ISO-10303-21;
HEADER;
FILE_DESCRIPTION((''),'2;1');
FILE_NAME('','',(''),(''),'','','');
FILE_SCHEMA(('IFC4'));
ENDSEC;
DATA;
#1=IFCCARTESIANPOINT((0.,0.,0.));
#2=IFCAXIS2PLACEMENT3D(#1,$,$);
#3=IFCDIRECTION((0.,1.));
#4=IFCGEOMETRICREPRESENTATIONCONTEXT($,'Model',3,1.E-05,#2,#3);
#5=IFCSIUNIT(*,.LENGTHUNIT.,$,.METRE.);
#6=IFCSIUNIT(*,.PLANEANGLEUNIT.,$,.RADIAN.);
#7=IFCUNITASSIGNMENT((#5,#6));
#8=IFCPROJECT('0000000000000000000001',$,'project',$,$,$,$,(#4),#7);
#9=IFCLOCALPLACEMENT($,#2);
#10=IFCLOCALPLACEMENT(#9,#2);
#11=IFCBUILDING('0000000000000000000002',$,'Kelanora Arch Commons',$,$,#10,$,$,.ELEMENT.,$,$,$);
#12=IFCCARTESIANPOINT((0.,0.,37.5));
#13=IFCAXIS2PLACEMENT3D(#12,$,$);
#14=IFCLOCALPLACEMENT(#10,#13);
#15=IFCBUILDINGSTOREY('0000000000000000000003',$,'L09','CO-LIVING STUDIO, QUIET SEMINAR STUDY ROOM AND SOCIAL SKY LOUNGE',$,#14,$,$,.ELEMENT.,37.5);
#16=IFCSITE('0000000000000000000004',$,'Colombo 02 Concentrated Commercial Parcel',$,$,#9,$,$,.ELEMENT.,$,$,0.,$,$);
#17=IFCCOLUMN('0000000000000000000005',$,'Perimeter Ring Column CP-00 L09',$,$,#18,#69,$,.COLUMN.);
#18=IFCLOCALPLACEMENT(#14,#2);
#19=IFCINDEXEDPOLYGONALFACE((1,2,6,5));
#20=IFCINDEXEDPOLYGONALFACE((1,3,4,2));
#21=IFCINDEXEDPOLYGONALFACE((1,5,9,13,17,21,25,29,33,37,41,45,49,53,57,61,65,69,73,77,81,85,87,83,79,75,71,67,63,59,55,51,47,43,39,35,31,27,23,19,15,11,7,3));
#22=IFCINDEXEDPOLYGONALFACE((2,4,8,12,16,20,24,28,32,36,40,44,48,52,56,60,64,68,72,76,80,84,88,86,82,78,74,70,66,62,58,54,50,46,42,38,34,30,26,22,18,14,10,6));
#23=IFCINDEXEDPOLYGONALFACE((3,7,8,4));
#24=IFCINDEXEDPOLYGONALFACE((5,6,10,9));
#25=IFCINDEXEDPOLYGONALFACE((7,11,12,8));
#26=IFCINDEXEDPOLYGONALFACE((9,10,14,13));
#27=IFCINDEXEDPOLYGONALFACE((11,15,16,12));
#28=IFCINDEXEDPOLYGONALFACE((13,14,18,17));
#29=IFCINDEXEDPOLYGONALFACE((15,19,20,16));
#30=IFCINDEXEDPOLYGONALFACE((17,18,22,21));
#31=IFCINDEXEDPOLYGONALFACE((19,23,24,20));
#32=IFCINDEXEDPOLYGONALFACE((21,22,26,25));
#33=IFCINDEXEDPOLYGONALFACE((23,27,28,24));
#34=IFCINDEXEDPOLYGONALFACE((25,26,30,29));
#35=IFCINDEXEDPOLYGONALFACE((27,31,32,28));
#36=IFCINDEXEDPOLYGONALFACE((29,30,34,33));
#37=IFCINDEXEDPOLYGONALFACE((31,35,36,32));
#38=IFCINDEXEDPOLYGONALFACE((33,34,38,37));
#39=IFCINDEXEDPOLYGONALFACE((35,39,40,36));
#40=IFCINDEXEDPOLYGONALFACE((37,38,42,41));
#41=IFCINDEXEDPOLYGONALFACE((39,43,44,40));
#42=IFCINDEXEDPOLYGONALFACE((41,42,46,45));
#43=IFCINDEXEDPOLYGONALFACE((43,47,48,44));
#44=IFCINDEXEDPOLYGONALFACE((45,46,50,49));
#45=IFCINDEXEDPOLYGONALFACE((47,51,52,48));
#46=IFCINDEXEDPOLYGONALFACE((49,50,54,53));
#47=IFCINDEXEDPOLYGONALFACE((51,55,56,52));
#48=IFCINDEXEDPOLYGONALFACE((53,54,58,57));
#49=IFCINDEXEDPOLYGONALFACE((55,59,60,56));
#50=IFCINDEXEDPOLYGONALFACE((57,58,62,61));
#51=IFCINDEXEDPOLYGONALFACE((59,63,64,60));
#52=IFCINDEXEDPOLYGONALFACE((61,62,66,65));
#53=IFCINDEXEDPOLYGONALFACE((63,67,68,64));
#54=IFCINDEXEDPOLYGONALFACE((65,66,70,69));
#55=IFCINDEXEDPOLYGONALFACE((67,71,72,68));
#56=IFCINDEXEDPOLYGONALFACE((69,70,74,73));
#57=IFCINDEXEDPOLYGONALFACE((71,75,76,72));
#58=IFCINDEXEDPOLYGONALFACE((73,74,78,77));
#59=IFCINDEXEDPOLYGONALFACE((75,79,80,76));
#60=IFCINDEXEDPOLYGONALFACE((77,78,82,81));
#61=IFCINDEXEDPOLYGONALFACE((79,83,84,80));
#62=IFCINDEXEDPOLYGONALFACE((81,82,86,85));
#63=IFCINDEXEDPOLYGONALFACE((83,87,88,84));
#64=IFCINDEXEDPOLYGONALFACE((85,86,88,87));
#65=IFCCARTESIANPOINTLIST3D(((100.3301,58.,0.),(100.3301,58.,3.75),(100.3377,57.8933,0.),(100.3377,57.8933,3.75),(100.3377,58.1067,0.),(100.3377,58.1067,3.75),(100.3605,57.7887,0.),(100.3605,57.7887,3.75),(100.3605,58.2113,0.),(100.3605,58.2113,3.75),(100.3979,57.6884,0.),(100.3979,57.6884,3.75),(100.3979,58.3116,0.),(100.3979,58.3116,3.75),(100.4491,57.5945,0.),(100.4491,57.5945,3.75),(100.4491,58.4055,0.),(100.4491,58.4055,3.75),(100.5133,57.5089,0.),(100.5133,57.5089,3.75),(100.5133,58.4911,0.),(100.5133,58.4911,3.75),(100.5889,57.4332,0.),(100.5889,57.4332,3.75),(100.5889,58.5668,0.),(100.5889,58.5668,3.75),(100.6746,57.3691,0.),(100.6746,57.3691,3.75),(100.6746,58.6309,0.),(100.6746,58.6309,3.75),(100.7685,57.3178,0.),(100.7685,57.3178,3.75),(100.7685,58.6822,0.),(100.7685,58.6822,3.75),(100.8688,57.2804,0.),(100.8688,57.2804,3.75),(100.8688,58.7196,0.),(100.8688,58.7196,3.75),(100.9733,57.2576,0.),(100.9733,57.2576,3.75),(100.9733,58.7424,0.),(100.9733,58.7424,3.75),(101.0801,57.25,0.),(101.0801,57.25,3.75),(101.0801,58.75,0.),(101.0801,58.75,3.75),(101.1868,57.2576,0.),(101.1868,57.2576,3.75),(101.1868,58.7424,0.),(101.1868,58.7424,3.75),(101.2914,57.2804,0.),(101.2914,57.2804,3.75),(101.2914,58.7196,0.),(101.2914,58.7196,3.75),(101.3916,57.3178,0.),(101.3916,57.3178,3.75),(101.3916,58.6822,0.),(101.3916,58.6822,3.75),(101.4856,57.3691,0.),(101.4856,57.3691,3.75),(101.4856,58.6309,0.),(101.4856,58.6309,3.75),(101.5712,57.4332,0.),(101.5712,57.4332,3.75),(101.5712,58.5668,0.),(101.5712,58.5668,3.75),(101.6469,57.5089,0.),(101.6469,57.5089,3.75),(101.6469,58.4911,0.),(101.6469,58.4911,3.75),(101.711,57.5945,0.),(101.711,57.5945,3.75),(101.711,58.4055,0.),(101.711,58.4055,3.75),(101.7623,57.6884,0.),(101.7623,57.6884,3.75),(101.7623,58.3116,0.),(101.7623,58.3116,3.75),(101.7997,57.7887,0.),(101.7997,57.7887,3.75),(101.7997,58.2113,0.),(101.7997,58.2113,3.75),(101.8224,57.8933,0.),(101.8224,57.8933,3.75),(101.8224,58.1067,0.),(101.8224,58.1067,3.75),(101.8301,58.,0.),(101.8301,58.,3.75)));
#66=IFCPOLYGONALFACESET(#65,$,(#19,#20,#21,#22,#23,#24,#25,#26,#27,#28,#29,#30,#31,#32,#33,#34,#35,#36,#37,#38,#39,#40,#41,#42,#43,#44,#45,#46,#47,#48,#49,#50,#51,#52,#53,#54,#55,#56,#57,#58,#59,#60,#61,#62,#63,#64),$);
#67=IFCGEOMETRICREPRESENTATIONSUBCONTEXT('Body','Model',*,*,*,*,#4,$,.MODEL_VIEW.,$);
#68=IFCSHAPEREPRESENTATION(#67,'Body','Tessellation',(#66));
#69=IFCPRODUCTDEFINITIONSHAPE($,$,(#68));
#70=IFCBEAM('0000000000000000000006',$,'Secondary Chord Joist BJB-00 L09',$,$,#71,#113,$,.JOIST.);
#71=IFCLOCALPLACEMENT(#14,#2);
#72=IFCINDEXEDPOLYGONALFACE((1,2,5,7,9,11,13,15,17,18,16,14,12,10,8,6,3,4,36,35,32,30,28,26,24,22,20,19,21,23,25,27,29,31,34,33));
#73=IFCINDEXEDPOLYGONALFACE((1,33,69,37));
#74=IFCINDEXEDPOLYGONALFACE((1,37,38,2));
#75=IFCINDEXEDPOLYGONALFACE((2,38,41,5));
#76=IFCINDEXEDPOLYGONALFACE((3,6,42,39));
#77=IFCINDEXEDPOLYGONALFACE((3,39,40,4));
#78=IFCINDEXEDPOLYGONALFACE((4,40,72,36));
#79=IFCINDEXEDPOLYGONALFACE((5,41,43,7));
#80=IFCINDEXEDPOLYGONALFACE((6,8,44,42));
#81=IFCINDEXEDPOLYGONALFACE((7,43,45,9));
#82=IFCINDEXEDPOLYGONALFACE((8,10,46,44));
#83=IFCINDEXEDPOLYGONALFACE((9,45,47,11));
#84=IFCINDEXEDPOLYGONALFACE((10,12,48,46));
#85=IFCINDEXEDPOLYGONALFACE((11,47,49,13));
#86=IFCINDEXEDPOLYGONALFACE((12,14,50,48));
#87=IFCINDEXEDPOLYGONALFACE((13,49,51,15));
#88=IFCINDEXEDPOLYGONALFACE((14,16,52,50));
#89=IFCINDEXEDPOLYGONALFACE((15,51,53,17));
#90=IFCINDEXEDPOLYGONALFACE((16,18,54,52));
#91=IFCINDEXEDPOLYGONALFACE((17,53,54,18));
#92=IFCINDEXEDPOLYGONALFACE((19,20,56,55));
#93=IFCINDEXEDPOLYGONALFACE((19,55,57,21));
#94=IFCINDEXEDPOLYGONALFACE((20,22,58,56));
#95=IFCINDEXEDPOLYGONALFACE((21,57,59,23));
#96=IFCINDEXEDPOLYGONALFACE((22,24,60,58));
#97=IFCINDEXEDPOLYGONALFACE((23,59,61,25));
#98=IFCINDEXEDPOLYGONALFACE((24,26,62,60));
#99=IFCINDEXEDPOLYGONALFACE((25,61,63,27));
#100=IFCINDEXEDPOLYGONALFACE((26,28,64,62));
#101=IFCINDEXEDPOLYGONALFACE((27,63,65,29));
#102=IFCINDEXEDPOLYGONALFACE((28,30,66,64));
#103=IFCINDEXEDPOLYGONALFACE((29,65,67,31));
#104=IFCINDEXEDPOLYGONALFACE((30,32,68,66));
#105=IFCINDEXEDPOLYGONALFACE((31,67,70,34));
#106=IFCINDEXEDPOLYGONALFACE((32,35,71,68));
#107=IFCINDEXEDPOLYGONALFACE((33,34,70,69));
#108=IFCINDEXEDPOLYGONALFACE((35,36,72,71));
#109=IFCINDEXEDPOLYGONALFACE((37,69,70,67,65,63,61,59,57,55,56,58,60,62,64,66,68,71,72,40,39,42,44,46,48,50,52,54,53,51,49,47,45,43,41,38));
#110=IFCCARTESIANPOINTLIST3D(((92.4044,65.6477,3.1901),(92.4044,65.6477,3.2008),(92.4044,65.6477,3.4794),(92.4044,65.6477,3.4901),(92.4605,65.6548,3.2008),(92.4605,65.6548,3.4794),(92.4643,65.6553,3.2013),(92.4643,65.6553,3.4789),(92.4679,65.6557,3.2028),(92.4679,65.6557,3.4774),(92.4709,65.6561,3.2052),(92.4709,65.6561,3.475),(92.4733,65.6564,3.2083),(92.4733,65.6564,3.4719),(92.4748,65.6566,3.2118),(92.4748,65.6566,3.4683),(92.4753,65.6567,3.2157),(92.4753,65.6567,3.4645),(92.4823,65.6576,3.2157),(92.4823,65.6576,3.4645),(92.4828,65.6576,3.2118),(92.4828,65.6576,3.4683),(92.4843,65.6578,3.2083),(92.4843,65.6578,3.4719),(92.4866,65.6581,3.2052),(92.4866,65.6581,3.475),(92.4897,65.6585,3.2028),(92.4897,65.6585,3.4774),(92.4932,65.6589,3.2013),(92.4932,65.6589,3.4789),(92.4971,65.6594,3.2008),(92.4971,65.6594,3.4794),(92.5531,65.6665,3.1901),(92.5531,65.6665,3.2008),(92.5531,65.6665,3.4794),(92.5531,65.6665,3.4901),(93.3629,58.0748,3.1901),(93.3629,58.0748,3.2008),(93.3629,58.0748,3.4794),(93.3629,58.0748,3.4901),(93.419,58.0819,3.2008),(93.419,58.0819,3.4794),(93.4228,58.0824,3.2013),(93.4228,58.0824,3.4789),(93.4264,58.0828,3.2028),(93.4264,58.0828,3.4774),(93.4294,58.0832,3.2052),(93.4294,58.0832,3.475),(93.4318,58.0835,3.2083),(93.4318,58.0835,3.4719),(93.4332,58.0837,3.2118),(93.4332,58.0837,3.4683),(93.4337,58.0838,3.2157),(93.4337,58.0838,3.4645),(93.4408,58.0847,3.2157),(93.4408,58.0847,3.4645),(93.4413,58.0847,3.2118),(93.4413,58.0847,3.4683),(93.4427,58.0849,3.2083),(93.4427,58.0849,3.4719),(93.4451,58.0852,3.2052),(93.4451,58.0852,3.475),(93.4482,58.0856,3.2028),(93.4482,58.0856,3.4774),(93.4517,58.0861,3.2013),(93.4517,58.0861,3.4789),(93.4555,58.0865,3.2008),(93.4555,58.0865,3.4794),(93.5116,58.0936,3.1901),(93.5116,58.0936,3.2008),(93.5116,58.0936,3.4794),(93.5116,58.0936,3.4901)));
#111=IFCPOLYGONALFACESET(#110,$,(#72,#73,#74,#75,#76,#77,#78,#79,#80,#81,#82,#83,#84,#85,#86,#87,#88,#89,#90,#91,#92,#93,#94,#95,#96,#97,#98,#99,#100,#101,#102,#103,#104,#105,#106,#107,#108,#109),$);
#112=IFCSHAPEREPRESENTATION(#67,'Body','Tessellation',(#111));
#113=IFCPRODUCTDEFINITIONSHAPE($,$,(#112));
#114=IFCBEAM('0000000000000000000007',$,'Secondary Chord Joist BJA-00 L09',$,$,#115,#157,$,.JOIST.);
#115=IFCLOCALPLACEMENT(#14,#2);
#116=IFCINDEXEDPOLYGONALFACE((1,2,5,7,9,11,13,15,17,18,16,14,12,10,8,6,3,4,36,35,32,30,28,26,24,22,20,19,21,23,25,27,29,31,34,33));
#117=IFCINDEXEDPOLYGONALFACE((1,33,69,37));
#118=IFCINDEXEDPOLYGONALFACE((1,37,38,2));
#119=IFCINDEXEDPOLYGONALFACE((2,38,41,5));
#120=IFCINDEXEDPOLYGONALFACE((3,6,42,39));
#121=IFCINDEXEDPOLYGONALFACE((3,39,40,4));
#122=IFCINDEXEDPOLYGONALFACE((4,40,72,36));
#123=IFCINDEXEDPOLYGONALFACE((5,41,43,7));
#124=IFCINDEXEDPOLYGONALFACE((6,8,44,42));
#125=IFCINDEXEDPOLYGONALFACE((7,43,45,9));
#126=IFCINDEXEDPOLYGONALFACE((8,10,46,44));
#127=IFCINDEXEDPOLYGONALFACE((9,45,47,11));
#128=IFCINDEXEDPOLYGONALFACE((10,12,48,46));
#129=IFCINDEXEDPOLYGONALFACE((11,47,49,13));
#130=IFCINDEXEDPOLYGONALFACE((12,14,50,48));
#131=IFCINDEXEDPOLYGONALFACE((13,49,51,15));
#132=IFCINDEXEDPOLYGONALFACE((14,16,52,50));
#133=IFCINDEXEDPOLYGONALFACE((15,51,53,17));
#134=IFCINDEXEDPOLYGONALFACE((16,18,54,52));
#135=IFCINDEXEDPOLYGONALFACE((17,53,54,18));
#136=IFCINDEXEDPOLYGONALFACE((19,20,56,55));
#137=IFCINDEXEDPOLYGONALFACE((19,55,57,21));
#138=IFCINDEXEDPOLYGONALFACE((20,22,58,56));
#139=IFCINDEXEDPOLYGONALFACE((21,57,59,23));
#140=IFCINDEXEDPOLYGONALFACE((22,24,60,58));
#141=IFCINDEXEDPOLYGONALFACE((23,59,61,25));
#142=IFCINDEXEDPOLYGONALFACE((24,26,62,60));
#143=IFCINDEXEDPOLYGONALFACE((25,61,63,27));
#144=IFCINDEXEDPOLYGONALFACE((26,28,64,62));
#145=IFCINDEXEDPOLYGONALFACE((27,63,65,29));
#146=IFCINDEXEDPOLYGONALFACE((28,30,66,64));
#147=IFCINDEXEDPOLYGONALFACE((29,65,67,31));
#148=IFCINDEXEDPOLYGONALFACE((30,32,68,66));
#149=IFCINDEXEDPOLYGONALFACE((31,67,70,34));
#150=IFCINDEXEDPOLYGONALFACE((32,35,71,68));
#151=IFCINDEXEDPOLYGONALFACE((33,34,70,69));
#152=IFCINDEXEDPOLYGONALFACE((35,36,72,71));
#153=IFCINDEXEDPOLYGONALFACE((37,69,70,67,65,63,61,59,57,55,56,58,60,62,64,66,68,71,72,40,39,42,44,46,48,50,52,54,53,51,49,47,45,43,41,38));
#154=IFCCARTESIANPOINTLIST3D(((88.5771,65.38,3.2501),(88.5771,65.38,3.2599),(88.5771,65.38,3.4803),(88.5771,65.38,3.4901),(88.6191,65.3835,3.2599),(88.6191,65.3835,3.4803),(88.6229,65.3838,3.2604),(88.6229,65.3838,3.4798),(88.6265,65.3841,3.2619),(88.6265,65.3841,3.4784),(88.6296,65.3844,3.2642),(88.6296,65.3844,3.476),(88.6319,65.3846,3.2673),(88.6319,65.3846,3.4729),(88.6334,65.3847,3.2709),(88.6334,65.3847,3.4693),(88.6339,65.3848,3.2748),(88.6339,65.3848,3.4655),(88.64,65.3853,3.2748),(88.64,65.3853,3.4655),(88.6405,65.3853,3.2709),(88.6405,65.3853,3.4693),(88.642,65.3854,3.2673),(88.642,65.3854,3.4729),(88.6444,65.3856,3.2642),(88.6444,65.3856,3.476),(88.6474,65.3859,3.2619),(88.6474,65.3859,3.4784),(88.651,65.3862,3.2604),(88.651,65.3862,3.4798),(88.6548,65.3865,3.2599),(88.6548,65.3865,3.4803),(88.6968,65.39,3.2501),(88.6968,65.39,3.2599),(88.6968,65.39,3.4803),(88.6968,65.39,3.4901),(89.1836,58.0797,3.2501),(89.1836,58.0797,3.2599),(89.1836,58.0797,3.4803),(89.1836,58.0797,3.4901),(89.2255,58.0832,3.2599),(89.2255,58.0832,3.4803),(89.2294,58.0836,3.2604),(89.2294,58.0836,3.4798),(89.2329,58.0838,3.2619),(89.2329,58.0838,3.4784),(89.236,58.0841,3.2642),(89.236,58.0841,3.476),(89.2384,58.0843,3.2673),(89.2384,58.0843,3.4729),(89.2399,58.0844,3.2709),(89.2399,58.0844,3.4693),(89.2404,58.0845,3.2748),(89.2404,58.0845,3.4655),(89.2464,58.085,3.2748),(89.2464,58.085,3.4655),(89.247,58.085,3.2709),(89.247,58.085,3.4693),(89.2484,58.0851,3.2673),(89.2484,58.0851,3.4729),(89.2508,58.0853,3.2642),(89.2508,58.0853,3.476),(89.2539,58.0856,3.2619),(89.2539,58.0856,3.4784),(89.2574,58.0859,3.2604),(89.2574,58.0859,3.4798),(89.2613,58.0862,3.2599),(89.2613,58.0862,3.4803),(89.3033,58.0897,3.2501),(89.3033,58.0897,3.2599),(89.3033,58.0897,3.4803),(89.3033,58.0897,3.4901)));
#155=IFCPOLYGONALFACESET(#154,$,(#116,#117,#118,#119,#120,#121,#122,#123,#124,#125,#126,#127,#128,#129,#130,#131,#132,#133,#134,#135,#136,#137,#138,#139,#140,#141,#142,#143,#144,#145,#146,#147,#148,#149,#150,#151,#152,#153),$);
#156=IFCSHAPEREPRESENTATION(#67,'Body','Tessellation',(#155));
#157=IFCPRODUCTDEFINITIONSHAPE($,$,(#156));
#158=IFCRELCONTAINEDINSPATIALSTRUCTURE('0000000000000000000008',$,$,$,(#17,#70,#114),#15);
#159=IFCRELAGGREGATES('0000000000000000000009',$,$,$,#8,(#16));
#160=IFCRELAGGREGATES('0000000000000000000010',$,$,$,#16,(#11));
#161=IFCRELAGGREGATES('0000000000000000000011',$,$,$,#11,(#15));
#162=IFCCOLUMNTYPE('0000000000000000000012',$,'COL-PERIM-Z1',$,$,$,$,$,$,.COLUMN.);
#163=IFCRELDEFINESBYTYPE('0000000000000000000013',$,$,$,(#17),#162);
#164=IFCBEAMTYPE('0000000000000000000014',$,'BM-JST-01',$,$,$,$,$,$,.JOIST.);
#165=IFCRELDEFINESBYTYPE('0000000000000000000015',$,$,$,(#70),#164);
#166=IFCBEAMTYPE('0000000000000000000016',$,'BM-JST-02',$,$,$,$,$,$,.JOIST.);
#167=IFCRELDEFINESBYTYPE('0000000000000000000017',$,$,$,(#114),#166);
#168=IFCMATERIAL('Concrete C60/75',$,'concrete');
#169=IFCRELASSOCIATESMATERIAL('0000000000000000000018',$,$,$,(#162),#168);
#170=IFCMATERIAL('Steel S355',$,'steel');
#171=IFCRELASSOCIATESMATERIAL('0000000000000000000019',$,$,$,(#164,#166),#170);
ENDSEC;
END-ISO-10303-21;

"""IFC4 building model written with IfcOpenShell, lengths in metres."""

from ifc_helpers import new_model, si_unit, direction, frame, origin, origin_2d, place, context, subcontext, project, spatial, circle, i_section, extrude, material, material_profile, profile_set, type_object, element, save


model = new_model("IFC4")

# Units and contexts
model_context = context("Model", 3, precision=1e-05, world=origin(), true_north=direction((0.0, 1.0)))
body_context = subcontext(model_context, "Body", "Model", "MODEL_VIEW")
ifc_project = project(units=[si_unit("LENGTHUNIT", "METRE"), si_unit("PLANEANGLEUNIT", "RADIAN")], contexts=[model_context])

# Site, building, storey
site_placement = place(None, origin())
site = spatial("IfcSite", under=ifc_project, at=site_placement, Name="Colombo 02 Concentrated Commercial Parcel", CompositionType="ELEMENT", RefElevation=0.0)
building_placement = place(site_placement, origin())
building = spatial("IfcBuilding", under=site, at=building_placement, Name="Kelanora Arch Commons", CompositionType="ELEMENT")
storey_placement = place(building_placement, frame((0.0, 0.0, 37.5)))
storey = spatial("IfcBuildingStorey", under=building, at=storey_placement, Name="L09", Description="CO-LIVING STUDIO, QUIET SEMINAR STUDY ROOM AND SOCIAL SKY LOUNGE", CompositionType="ELEMENT", Elevation=37.5)

# Column
ifc_material_1 = material(Name="Concrete C60/75", Category="concrete")
ifc_material_profile_1 = material_profile(ifc_material_1, circle(Radius=0.75, at=origin_2d()), Name="RCC1500")
ifc_profile_set_1 = profile_set([ifc_material_profile_1], Name="Concrete C60/75")
column_type = type_object("IfcColumnType", Name="COL-PERIM-Z1", PredefinedType="COLUMN", material=ifc_profile_set_1)
column_placement = place(storey_placement, frame((101.0801, 58.0, 0.0), z_axis=(0.0, 0.0, 1.0), x_axis=(1.0, 0.0, 0.0)))
element("IfcColumn", 1, at=column_placement, inside=storey, type_object=column_type, Name="Perimeter Ring Column CP-00 L09", PredefinedType="COLUMN", context=body_context, shape_type="SweptSolid", body=[
    extrude(circle(Radius=0.75, at=origin_2d()), origin(), (0.0, 0.0, 1.0), 3.75),
])

# Beams
ifc_material_2 = material(Name="Steel S355", Category="steel")
ifc_material_profile_2 = material_profile(ifc_material_2, i_section(OverallWidth=0.1499, OverallDepth=0.3, WebThickness=0.0071, FlangeThickness=0.0107, FilletRadius=0.0149, at=origin_2d()), Name="IPE300")
ifc_profile_set_2 = profile_set([ifc_material_profile_2], Name="Steel S355")
beam_type_1 = type_object("IfcBeamType", Name="BM-JST-01", PredefinedType="JOIST", material=ifc_profile_set_2)
beam_1_placement = place(storey_placement, frame((93.4373, 58.0842, 3.3401), z_axis=(-0.125566, 0.992085, 0.0), x_axis=(-0.992085, -0.125566, 0.0)))
element("IfcBeam", 2, at=beam_1_placement, inside=storey, type_object=beam_type_1, Name="Secondary Chord Joist BJB-00 L09", PredefinedType="JOIST", context=body_context, shape_type="SweptSolid", body=[
    extrude(i_section(OverallWidth=0.1499, OverallDepth=0.3, WebThickness=0.0071, FlangeThickness=0.0107, FilletRadius=0.0149, at=origin_2d()), origin(), (0.0, 0.0, 1.0), 7.6333),
])
ifc_material_profile_3 = material_profile(ifc_material_2, i_section(OverallWidth=0.1201, OverallDepth=0.24, WebThickness=0.0061, FlangeThickness=0.0098, FilletRadius=0.0149, at=origin_2d()), Name="IPE240")
ifc_profile_set_3 = profile_set([ifc_material_profile_3], Name="Steel S355")
beam_type_2 = type_object("IfcBeamType", Name="BM-JST-02", PredefinedType="JOIST", material=ifc_profile_set_3)
beam_2_placement = place(storey_placement, frame((89.2434, 58.0847, 3.3701), z_axis=(-0.082786, 0.996567, 0.0), x_axis=(-0.996567, -0.082786, 0.0)))
element("IfcBeam", 3, at=beam_2_placement, inside=storey, type_object=beam_type_2, Name="Secondary Chord Joist BJA-00 L09", PredefinedType="JOIST", context=body_context, shape_type="SweptSolid", body=[
    extrude(i_section(OverallWidth=0.1201, OverallDepth=0.24, WebThickness=0.0061, FlangeThickness=0.0098, FilletRadius=0.0149, at=origin_2d()), origin(), (0.0, 0.0, 1.0), 7.3254),
])

save(model, "model.ifc")
